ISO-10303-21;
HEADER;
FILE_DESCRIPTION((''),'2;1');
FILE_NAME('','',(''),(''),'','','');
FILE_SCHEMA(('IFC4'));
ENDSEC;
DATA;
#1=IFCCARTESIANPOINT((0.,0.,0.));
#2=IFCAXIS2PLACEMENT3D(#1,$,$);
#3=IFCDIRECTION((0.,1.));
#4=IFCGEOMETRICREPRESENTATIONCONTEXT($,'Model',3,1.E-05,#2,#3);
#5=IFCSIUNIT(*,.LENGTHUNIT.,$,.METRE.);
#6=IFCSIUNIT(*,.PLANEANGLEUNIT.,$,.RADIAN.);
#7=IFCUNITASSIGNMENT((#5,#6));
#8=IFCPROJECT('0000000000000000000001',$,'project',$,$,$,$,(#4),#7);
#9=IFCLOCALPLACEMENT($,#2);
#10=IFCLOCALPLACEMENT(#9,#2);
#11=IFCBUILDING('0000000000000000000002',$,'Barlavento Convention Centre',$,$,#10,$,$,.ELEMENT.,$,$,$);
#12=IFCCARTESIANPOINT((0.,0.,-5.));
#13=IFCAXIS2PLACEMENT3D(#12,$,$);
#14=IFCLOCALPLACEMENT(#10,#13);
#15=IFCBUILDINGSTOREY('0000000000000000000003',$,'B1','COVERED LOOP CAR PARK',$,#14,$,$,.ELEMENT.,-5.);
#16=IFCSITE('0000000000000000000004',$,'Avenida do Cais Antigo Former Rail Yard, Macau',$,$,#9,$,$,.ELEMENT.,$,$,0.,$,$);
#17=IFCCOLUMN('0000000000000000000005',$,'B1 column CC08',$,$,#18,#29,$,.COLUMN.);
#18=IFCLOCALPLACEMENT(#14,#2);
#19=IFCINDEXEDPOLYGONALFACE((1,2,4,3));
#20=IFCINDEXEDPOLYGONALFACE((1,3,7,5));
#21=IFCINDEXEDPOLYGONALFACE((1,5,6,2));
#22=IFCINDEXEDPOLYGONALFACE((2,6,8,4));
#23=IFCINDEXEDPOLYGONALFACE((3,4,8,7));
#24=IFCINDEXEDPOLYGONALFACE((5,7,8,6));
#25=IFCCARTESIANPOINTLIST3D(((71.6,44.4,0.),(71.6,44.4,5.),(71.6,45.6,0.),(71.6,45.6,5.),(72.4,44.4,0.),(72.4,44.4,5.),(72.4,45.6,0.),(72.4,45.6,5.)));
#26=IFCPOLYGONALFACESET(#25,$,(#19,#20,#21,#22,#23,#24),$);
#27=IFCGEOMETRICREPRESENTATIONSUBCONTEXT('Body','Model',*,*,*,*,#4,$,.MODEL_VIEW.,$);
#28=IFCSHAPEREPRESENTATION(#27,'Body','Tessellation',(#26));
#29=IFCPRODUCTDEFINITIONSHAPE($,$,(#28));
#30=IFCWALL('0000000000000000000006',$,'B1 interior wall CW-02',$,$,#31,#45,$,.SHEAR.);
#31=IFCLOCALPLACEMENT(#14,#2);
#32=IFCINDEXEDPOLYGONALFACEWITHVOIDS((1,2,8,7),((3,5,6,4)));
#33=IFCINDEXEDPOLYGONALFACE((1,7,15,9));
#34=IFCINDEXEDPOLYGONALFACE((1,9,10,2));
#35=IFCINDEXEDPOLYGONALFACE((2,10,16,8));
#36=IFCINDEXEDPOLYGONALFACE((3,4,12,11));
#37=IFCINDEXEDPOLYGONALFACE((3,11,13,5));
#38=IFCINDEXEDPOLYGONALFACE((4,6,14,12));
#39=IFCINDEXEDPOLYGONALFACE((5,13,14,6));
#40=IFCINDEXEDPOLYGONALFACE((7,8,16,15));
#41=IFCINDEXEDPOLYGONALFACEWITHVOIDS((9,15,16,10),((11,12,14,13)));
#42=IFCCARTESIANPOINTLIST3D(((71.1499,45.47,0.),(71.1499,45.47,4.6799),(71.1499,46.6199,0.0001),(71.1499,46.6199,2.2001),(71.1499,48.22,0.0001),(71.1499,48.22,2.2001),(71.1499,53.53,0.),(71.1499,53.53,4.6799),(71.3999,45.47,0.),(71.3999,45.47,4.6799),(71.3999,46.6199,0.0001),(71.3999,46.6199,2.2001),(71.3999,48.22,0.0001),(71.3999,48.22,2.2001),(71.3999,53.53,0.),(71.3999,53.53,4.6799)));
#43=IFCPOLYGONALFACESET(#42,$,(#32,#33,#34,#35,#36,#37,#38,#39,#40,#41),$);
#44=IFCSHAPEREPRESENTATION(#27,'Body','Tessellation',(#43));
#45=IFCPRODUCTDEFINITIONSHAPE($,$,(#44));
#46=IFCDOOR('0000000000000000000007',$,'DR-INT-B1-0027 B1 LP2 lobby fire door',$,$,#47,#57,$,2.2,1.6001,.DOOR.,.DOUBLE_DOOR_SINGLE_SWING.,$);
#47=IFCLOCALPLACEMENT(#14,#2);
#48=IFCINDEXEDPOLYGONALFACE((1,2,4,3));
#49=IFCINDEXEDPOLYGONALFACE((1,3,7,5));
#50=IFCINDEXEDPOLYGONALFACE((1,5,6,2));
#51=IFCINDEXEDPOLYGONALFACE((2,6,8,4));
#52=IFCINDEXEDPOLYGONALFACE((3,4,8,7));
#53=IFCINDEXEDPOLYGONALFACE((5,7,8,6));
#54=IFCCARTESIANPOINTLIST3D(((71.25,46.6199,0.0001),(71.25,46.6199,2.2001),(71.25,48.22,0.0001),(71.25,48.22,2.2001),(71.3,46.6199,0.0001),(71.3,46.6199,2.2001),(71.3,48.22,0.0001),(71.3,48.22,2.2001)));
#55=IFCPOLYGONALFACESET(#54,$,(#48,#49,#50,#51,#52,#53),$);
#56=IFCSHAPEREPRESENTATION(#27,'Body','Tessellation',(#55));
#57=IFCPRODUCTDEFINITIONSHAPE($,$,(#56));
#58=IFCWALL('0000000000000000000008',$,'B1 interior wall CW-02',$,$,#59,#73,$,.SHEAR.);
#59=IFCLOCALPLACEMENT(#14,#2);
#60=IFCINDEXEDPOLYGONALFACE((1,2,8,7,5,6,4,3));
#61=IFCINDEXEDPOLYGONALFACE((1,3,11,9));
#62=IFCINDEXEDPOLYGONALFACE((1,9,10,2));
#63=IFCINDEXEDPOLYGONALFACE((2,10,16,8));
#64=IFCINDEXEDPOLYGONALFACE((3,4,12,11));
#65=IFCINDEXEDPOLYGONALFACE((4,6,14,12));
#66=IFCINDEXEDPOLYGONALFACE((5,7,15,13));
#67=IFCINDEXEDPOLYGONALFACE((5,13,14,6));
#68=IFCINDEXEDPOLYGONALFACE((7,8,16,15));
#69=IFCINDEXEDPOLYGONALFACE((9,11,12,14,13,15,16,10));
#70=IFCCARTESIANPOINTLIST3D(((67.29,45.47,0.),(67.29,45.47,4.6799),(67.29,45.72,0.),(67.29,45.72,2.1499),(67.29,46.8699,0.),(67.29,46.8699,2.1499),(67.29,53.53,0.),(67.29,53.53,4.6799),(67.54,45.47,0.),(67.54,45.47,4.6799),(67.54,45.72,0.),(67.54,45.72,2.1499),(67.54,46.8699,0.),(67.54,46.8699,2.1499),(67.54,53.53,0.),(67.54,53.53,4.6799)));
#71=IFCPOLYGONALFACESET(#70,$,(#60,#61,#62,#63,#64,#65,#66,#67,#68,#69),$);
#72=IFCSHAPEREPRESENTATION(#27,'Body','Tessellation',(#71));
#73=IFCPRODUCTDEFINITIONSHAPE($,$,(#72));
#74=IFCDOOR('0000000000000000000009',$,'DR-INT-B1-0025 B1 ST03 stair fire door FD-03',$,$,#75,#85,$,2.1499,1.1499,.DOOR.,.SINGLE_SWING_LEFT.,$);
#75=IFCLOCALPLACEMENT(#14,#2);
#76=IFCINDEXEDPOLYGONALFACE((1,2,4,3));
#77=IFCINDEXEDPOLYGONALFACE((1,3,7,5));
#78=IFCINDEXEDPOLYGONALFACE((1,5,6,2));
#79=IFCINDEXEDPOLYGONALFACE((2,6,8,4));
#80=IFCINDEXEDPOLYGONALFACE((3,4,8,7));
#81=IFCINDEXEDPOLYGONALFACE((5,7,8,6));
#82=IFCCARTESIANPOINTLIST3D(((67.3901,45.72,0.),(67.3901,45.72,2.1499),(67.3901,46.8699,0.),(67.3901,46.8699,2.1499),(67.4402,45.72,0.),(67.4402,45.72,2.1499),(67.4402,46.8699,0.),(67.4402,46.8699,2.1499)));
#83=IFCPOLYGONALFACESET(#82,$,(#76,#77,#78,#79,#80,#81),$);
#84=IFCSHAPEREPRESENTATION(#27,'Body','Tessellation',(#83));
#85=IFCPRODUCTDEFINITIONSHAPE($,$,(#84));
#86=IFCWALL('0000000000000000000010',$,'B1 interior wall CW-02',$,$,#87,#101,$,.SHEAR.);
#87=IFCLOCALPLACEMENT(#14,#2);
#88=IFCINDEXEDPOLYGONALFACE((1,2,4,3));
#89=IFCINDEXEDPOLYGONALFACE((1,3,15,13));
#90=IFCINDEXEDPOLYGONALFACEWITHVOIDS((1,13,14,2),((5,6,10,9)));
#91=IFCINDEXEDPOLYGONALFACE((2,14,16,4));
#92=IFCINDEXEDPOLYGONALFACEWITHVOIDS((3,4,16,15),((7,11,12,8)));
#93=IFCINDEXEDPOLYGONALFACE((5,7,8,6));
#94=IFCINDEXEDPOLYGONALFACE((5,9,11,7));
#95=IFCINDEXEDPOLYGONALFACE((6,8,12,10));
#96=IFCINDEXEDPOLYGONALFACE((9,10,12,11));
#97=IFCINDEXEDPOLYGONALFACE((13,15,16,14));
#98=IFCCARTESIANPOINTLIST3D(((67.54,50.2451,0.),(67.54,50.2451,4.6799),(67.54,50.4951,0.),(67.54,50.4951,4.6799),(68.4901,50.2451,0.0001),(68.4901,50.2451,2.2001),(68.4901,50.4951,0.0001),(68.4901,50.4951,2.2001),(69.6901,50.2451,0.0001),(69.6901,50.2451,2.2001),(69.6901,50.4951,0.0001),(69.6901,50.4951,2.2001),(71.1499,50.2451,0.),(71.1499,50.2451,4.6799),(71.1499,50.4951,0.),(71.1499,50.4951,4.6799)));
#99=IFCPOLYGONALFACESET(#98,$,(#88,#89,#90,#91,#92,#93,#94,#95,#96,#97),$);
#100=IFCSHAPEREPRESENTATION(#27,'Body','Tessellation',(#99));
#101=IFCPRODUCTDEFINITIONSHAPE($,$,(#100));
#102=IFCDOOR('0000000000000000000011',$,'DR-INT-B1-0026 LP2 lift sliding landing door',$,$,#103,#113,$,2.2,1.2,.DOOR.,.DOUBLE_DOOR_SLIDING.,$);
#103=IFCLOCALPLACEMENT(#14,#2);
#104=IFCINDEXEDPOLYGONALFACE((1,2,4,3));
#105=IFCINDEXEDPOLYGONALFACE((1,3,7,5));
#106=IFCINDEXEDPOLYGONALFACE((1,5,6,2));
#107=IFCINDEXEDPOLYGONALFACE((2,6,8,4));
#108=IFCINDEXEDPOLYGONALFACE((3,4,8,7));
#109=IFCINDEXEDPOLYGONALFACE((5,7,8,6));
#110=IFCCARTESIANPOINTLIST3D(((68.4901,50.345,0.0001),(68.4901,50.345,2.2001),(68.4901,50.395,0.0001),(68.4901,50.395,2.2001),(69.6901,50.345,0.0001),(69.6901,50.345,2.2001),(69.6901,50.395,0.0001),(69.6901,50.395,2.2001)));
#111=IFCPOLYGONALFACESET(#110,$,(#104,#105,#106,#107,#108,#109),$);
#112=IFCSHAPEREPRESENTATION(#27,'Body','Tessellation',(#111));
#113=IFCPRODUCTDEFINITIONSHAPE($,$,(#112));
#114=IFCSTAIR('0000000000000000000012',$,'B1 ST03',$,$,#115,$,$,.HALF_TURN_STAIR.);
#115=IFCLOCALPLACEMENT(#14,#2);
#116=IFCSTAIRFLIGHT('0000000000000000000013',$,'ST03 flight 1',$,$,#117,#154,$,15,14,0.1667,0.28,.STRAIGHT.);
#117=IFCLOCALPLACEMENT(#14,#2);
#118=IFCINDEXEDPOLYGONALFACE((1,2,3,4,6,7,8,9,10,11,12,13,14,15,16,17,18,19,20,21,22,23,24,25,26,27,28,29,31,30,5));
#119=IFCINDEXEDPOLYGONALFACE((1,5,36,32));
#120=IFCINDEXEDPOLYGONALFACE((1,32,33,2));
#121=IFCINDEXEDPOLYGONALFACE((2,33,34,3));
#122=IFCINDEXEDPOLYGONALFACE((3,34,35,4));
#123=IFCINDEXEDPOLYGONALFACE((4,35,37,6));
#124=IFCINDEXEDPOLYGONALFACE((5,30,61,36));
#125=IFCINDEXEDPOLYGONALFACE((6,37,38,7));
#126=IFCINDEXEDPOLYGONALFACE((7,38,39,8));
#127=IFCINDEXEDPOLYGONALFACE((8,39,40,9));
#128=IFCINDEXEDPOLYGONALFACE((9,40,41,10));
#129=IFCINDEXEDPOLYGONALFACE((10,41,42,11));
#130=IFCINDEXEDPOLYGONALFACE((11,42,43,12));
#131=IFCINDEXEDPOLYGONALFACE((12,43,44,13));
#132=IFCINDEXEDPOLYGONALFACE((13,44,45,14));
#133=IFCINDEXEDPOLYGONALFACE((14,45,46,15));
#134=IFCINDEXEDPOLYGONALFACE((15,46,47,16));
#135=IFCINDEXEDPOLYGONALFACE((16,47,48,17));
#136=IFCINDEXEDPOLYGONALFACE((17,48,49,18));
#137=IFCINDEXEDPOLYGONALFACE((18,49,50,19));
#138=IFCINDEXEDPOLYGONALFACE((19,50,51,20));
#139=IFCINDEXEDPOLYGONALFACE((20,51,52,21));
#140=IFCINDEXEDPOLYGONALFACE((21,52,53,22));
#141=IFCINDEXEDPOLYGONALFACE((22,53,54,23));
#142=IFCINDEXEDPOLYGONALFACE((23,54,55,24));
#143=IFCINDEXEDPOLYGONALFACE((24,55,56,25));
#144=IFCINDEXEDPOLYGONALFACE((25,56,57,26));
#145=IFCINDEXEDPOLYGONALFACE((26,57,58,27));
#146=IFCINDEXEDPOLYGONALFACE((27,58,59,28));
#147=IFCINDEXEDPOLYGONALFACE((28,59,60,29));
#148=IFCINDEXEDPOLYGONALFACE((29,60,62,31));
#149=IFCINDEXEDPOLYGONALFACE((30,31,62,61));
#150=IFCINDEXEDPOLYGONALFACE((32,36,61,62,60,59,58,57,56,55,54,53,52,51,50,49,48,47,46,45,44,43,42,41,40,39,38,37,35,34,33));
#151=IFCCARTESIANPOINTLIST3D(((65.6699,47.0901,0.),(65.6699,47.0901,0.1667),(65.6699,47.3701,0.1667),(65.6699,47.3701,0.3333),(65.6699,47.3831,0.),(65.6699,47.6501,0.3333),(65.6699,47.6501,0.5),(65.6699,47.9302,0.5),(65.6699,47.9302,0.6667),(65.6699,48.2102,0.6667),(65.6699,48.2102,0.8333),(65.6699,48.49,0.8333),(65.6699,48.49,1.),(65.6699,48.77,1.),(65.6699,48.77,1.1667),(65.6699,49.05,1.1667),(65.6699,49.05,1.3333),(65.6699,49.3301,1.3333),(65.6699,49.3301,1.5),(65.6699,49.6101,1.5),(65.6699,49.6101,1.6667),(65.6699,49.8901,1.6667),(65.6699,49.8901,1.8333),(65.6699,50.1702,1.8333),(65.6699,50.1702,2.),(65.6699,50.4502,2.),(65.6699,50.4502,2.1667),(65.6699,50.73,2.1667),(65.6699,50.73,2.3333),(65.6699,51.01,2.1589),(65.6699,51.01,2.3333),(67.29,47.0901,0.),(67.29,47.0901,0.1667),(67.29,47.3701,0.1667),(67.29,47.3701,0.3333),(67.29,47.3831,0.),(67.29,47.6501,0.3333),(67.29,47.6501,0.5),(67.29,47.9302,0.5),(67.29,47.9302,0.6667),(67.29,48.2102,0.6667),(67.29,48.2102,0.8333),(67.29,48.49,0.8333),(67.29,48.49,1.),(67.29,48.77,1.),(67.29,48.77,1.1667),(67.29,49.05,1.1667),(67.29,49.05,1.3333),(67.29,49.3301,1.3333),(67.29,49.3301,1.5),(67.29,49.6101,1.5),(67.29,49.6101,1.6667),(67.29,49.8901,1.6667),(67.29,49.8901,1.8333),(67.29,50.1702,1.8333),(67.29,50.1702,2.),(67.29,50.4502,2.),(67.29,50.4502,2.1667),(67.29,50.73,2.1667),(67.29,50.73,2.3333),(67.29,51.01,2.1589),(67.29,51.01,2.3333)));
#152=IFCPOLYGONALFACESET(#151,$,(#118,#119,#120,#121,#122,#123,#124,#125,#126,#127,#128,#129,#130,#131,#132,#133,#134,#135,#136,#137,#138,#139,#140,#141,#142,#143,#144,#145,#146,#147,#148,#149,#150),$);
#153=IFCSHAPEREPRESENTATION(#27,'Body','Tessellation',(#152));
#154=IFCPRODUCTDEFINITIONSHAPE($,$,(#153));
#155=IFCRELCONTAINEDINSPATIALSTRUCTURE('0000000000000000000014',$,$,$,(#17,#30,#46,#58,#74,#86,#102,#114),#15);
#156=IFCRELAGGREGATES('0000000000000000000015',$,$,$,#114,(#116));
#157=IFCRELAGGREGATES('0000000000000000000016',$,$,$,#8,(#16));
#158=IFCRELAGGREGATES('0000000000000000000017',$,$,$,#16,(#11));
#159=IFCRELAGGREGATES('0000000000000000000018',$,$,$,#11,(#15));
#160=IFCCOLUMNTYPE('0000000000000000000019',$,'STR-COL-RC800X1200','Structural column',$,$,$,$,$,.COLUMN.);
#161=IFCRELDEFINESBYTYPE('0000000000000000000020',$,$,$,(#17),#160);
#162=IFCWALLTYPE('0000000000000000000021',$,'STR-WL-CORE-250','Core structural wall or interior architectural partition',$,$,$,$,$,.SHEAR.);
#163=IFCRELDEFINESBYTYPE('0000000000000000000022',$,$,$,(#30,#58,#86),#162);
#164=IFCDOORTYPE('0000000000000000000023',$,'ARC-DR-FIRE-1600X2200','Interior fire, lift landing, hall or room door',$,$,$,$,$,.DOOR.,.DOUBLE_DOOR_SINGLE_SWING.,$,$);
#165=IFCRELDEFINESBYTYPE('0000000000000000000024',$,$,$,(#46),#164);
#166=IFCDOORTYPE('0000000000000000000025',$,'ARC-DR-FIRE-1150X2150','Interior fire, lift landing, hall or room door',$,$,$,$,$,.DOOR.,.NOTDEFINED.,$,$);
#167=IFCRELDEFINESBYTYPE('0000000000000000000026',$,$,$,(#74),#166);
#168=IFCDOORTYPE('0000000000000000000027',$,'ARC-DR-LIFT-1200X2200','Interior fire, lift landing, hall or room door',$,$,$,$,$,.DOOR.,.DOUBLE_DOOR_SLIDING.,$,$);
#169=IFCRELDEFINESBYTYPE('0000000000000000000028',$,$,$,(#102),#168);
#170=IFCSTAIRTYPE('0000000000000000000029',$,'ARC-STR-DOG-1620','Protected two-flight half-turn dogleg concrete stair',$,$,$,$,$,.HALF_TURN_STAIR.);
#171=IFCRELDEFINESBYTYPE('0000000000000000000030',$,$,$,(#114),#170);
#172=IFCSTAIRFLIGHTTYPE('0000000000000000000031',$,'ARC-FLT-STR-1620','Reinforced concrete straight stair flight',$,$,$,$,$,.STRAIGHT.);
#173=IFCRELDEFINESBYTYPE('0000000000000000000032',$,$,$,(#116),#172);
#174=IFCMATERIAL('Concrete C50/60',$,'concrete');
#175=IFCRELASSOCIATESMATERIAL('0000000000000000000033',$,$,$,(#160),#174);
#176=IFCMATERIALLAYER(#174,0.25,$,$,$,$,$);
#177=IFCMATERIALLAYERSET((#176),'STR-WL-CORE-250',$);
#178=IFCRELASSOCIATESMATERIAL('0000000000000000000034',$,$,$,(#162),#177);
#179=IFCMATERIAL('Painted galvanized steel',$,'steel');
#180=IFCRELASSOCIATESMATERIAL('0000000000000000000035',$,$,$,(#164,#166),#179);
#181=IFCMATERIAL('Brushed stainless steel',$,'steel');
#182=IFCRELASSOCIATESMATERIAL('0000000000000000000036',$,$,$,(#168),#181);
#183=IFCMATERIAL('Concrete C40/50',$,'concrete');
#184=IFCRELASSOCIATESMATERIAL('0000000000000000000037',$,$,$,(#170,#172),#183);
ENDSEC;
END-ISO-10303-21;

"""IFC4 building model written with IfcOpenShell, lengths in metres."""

from ifc_helpers import new_model, si_unit, direction, frame, frame_2d, origin, origin_2d, place, context, subcontext, project, spatial, polyline, rectangle, outline, extrude, material, layer, layer_set, material_profile, profile_set, type_object, element, fill, aggregate, save


model = new_model("IFC4")

# Units and contexts
model_context = context("Model", 3, precision=1e-05, world=origin(), true_north=direction((0.0, 1.0)))
body_context = subcontext(model_context, "Body", "Model", "MODEL_VIEW")
ifc_project = project(units=[si_unit("LENGTHUNIT", "METRE"), si_unit("PLANEANGLEUNIT", "RADIAN")], contexts=[model_context])

# Site, building, storey
site_placement = place(None, origin())
site = spatial("IfcSite", under=ifc_project, at=site_placement, Name="Avenida do Cais Antigo Former Rail Yard, Macau", CompositionType="ELEMENT", RefElevation=0.0)
building_placement = place(site_placement, origin())
building = spatial("IfcBuilding", under=site, at=building_placement, Name="Barlavento Convention Centre", CompositionType="ELEMENT")
storey_placement = place(building_placement, frame((0.0, 0.0, -5.0)))
storey = spatial("IfcBuildingStorey", under=building, at=storey_placement, Name="B1", Description="COVERED LOOP CAR PARK", CompositionType="ELEMENT", Elevation=-5.0)

# Shared definitions
ifc_material_1 = material(Name="Concrete C40/50", Category="concrete")

# Column
ifc_material_2 = material(Name="Concrete C50/60", Category="concrete")
ifc_material_profile_1 = material_profile(ifc_material_2, rectangle(XDim=0.8, YDim=1.2, at=origin_2d()), Name="RC 800x1200")
ifc_profile_set_1 = profile_set([ifc_material_profile_1], Name="Concrete C50/60")
column_type_1 = type_object("IfcColumnType", Name="STR-COL-RC800X1200", Description="Structural column", PredefinedType="COLUMN", material=ifc_profile_set_1)
column_1_placement = place(storey_placement, frame((72.0, 45.0, 0.0), z_axis=(0.0, 0.0, 1.0), x_axis=(1.0, 0.0, 0.0)))
element("IfcColumn", 1, at=column_1_placement, inside=storey, type_object=column_type_1, Name="B1 column CC08", PredefinedType="COLUMN", context=body_context, shape_type="SweptSolid", body=[
    extrude(rectangle(XDim=0.8, YDim=1.2, at=origin_2d()), origin(), (0.0, 0.0, 1.0), 5.0),
])

# Walls, openings, doors
ifc_layer = layer(ifc_material_2, 0.25)
ifc_layer_set = layer_set([ifc_layer], Name="STR-WL-CORE-250")
wall_type = type_object("IfcWallType", Name="STR-WL-CORE-250", Description="Core structural wall or interior architectural partition", PredefinedType="SHEAR", material=ifc_layer_set)
wall_1_placement = place(storey_placement, frame((71.2749, 45.47, 0.0), z_axis=(0.0, 0.0, 1.0), x_axis=(0.0, 1.0, 0.0)))
wall_1 = element("IfcWall", 2, at=wall_1_placement, inside=storey, type_object=wall_type, Name="B1 interior wall CW-02", PredefinedType="SHEAR", context=body_context, shape_type="SweptSolid", body=[
    extrude(rectangle(XDim=8.0601, YDim=0.25, at=frame_2d((4.03, 0.0))), origin(), (0.0, 0.0, 1.0), 4.6799),
])
opening_1_placement = place(wall_1_placement, frame((1.1499, 0.0, 0.0)))
opening_1 = element("IfcOpeningElement", 3, at=opening_1_placement, cuts=wall_1, PredefinedType="OPENING", context=body_context, shape_type="SweptSolid", body=[
    extrude(rectangle(XDim=1.6001, YDim=2.2, at=frame_2d((0.8, 1.1001))), frame((0.0, 0.135, 0.0), z_axis=(0.0, -1.0, 0.0), x_axis=(1.0, 0.0, 0.0)), (0.0, 0.0, 1.0), 0.27),
])
ifc_material_3 = material(Name="Painted galvanized steel", Category="steel")
door_type_1 = type_object("IfcDoorType", Name="ARC-DR-FIRE-1600X2200", Description="Interior fire, lift landing, hall or room door", OperationType="DOUBLE_DOOR_SINGLE_SWING", PredefinedType="DOOR", material=ifc_material_3)
door_1_placement = place(opening_1_placement, origin())
door_1 = element("IfcDoor", 4, at=door_1_placement, inside=storey, type_object=door_type_1, Name="DR-INT-B1-0027 B1 LP2 lobby fire door", OperationType="DOUBLE_DOOR_SINGLE_SWING", OverallHeight=2.2, OverallWidth=1.6001, PredefinedType="DOOR", context=body_context, shape_type="SweptSolid", body=[
    extrude(rectangle(XDim=1.6001, YDim=2.2, at=frame_2d((0.8, 1.1001))), frame((0.0, 0.0249, 0.0), z_axis=(0.0, -1.0, 0.0), x_axis=(1.0, 0.0, 0.0)), (0.0, 0.0, 1.0), 0.05),
])
fill(opening_1, door_1)
wall_2_placement = place(storey_placement, frame((67.415, 45.47, 0.0), z_axis=(0.0, 0.0, 1.0), x_axis=(0.0, 1.0, 0.0)))
wall_2 = element("IfcWall", 5, at=wall_2_placement, inside=storey, type_object=wall_type, Name="B1 interior wall CW-02", PredefinedType="SHEAR", context=body_context, shape_type="SweptSolid", body=[
    extrude(rectangle(XDim=8.0601, YDim=0.25, at=frame_2d((4.03, 0.0))), origin(), (0.0, 0.0, 1.0), 4.6799),
])
opening_2_placement = place(wall_2_placement, frame((0.25, 0.0, 0.0)))
opening_2 = element("IfcOpeningElement", 6, at=opening_2_placement, cuts=wall_2, PredefinedType="OPENING", context=body_context, shape_type="SweptSolid", body=[
    extrude(rectangle(XDim=1.1499, YDim=2.1499, at=frame_2d((0.575, 1.075))), frame((0.0, 0.135, 0.0), z_axis=(0.0, -1.0, 0.0), x_axis=(1.0, 0.0, 0.0)), (0.0, 0.0, 1.0), 0.27),
])
door_type_2 = type_object("IfcDoorType", Name="ARC-DR-FIRE-1150X2150", Description="Interior fire, lift landing, hall or room door", OperationType="NOTDEFINED", PredefinedType="DOOR", material=ifc_material_3)
door_2_placement = place(opening_2_placement, origin())
door_2 = element("IfcDoor", 7, at=door_2_placement, inside=storey, type_object=door_type_2, Name="DR-INT-B1-0025 B1 ST03 stair fire door FD-03", OperationType="SINGLE_SWING_LEFT", OverallHeight=2.1499, OverallWidth=1.1499, PredefinedType="DOOR", context=body_context, shape_type="SweptSolid", body=[
    extrude(rectangle(XDim=1.1499, YDim=2.1499, at=frame_2d((0.575, 1.075))), frame((0.0, 0.0249, 0.0), z_axis=(0.0, -1.0, 0.0), x_axis=(1.0, 0.0, 0.0)), (0.0, 0.0, 1.0), 0.05),
])
fill(opening_2, door_2)
wall_3_placement = place(storey_placement, frame((67.54, 50.3701, 0.0), z_axis=(0.0, 0.0, 1.0), x_axis=(1.0, 0.0, 0.0)))
wall_3 = element("IfcWall", 8, at=wall_3_placement, inside=storey, type_object=wall_type, Name="B1 interior wall CW-02", PredefinedType="SHEAR", context=body_context, shape_type="SweptSolid", body=[
    extrude(rectangle(XDim=3.6099, YDim=0.25, at=frame_2d((1.8049, 0.0))), origin(), (0.0, 0.0, 1.0), 4.6799),
])
opening_3_placement = place(wall_3_placement, frame((0.95, 0.0, 0.0)))
opening_3 = element("IfcOpeningElement", 9, at=opening_3_placement, cuts=wall_3, PredefinedType="OPENING", context=body_context, shape_type="SweptSolid", body=[
    extrude(rectangle(XDim=1.2, YDim=2.2, at=frame_2d((0.6001, 1.1001))), frame((0.0, 0.135, 0.0), z_axis=(0.0, -1.0, 0.0), x_axis=(1.0, 0.0, 0.0)), (0.0, 0.0, 1.0), 0.27),
])
ifc_material_4 = material(Name="Brushed stainless steel", Category="steel")
door_type_3 = type_object("IfcDoorType", Name="ARC-DR-LIFT-1200X2200", Description="Interior fire, lift landing, hall or room door", OperationType="DOUBLE_DOOR_SLIDING", PredefinedType="DOOR", material=ifc_material_4)
door_3_placement = place(opening_3_placement, origin())
door_3 = element("IfcDoor", 10, at=door_3_placement, inside=storey, type_object=door_type_3, Name="DR-INT-B1-0026 LP2 lift sliding landing door", OperationType="DOUBLE_DOOR_SLIDING", OverallHeight=2.2, OverallWidth=1.2, PredefinedType="DOOR", context=body_context, shape_type="SweptSolid", body=[
    extrude(rectangle(XDim=1.2, YDim=2.2, at=frame_2d((0.6001, 1.1001))), frame((0.0, 0.0249, 0.0), z_axis=(0.0, -1.0, 0.0), x_axis=(1.0, 0.0, 0.0)), (0.0, 0.0, 1.0), 0.05),
])
fill(opening_3, door_3)

# Stair, stair flight
stair_type = type_object("IfcStairType", Name="ARC-STR-DOG-1620", Description="Protected two-flight half-turn dogleg concrete stair", PredefinedType="HALF_TURN_STAIR", material=ifc_material_1)
stair_placement = place(storey_placement, origin())
stair = element("IfcStair", 11, at=stair_placement, inside=storey, type_object=stair_type, Name="B1 ST03", PredefinedType="HALF_TURN_STAIR")
stair_flight_type = type_object("IfcStairFlightType", Name="ARC-FLT-STR-1620", Description="Reinforced concrete straight stair flight", PredefinedType="STRAIGHT", material=ifc_material_1)
stair_flight_1_placement = place(storey_placement, frame((66.48, 47.0901, 0.0), z_axis=(0.0, 0.0, 1.0), x_axis=(0.0, 1.0, 0.0)))
stair_flight_1 = element("IfcStairFlight", 12, at=stair_flight_1_placement, type_object=stair_flight_type, Name="ST03 flight 1", NumberOfRisers=15, NumberOfTreads=14, PredefinedType="STRAIGHT", RiserHeight=0.1667, TreadLength=0.28, context=body_context, shape_type="SweptSolid", body=[
    extrude(outline(polyline([(0.0, 0.0), (0.0, 0.1667), (0.28, 0.1667), (0.28, 0.3333), (0.5601, 0.3333), (0.5601, 0.5), (0.8401, 0.5), (0.8401, 0.6667), (1.1201, 0.6667), (1.1201, 0.8333), (1.3999, 0.8333), (1.3999, 1.0), (1.6799, 1.0), (1.6799, 1.1667), (1.96, 1.1667), (1.96, 1.3333), (2.24, 1.3333), (2.24, 1.5), (2.52, 1.5), (2.52, 1.6667), (2.8, 1.6667), (2.8, 1.8333), (3.0801, 1.8333), (3.0801, 2.0), (3.3601, 2.0), (3.3601, 2.1667), (3.6399, 2.1667), (3.6399, 2.3333), (3.9199, 2.3333), (3.9199, 2.5), (3.9199, 2.1589), (0.293, 0.0), (0.0, 0.0)])), frame((0.0, 0.8101, 0.0), z_axis=(0.0, -1.0, 0.0), x_axis=(1.0, 0.0, 0.0)), (0.0, 0.0, 1.0), 1.6201),
])
aggregate(stair, [stair_flight_1])

save(model, "model.ifc")
